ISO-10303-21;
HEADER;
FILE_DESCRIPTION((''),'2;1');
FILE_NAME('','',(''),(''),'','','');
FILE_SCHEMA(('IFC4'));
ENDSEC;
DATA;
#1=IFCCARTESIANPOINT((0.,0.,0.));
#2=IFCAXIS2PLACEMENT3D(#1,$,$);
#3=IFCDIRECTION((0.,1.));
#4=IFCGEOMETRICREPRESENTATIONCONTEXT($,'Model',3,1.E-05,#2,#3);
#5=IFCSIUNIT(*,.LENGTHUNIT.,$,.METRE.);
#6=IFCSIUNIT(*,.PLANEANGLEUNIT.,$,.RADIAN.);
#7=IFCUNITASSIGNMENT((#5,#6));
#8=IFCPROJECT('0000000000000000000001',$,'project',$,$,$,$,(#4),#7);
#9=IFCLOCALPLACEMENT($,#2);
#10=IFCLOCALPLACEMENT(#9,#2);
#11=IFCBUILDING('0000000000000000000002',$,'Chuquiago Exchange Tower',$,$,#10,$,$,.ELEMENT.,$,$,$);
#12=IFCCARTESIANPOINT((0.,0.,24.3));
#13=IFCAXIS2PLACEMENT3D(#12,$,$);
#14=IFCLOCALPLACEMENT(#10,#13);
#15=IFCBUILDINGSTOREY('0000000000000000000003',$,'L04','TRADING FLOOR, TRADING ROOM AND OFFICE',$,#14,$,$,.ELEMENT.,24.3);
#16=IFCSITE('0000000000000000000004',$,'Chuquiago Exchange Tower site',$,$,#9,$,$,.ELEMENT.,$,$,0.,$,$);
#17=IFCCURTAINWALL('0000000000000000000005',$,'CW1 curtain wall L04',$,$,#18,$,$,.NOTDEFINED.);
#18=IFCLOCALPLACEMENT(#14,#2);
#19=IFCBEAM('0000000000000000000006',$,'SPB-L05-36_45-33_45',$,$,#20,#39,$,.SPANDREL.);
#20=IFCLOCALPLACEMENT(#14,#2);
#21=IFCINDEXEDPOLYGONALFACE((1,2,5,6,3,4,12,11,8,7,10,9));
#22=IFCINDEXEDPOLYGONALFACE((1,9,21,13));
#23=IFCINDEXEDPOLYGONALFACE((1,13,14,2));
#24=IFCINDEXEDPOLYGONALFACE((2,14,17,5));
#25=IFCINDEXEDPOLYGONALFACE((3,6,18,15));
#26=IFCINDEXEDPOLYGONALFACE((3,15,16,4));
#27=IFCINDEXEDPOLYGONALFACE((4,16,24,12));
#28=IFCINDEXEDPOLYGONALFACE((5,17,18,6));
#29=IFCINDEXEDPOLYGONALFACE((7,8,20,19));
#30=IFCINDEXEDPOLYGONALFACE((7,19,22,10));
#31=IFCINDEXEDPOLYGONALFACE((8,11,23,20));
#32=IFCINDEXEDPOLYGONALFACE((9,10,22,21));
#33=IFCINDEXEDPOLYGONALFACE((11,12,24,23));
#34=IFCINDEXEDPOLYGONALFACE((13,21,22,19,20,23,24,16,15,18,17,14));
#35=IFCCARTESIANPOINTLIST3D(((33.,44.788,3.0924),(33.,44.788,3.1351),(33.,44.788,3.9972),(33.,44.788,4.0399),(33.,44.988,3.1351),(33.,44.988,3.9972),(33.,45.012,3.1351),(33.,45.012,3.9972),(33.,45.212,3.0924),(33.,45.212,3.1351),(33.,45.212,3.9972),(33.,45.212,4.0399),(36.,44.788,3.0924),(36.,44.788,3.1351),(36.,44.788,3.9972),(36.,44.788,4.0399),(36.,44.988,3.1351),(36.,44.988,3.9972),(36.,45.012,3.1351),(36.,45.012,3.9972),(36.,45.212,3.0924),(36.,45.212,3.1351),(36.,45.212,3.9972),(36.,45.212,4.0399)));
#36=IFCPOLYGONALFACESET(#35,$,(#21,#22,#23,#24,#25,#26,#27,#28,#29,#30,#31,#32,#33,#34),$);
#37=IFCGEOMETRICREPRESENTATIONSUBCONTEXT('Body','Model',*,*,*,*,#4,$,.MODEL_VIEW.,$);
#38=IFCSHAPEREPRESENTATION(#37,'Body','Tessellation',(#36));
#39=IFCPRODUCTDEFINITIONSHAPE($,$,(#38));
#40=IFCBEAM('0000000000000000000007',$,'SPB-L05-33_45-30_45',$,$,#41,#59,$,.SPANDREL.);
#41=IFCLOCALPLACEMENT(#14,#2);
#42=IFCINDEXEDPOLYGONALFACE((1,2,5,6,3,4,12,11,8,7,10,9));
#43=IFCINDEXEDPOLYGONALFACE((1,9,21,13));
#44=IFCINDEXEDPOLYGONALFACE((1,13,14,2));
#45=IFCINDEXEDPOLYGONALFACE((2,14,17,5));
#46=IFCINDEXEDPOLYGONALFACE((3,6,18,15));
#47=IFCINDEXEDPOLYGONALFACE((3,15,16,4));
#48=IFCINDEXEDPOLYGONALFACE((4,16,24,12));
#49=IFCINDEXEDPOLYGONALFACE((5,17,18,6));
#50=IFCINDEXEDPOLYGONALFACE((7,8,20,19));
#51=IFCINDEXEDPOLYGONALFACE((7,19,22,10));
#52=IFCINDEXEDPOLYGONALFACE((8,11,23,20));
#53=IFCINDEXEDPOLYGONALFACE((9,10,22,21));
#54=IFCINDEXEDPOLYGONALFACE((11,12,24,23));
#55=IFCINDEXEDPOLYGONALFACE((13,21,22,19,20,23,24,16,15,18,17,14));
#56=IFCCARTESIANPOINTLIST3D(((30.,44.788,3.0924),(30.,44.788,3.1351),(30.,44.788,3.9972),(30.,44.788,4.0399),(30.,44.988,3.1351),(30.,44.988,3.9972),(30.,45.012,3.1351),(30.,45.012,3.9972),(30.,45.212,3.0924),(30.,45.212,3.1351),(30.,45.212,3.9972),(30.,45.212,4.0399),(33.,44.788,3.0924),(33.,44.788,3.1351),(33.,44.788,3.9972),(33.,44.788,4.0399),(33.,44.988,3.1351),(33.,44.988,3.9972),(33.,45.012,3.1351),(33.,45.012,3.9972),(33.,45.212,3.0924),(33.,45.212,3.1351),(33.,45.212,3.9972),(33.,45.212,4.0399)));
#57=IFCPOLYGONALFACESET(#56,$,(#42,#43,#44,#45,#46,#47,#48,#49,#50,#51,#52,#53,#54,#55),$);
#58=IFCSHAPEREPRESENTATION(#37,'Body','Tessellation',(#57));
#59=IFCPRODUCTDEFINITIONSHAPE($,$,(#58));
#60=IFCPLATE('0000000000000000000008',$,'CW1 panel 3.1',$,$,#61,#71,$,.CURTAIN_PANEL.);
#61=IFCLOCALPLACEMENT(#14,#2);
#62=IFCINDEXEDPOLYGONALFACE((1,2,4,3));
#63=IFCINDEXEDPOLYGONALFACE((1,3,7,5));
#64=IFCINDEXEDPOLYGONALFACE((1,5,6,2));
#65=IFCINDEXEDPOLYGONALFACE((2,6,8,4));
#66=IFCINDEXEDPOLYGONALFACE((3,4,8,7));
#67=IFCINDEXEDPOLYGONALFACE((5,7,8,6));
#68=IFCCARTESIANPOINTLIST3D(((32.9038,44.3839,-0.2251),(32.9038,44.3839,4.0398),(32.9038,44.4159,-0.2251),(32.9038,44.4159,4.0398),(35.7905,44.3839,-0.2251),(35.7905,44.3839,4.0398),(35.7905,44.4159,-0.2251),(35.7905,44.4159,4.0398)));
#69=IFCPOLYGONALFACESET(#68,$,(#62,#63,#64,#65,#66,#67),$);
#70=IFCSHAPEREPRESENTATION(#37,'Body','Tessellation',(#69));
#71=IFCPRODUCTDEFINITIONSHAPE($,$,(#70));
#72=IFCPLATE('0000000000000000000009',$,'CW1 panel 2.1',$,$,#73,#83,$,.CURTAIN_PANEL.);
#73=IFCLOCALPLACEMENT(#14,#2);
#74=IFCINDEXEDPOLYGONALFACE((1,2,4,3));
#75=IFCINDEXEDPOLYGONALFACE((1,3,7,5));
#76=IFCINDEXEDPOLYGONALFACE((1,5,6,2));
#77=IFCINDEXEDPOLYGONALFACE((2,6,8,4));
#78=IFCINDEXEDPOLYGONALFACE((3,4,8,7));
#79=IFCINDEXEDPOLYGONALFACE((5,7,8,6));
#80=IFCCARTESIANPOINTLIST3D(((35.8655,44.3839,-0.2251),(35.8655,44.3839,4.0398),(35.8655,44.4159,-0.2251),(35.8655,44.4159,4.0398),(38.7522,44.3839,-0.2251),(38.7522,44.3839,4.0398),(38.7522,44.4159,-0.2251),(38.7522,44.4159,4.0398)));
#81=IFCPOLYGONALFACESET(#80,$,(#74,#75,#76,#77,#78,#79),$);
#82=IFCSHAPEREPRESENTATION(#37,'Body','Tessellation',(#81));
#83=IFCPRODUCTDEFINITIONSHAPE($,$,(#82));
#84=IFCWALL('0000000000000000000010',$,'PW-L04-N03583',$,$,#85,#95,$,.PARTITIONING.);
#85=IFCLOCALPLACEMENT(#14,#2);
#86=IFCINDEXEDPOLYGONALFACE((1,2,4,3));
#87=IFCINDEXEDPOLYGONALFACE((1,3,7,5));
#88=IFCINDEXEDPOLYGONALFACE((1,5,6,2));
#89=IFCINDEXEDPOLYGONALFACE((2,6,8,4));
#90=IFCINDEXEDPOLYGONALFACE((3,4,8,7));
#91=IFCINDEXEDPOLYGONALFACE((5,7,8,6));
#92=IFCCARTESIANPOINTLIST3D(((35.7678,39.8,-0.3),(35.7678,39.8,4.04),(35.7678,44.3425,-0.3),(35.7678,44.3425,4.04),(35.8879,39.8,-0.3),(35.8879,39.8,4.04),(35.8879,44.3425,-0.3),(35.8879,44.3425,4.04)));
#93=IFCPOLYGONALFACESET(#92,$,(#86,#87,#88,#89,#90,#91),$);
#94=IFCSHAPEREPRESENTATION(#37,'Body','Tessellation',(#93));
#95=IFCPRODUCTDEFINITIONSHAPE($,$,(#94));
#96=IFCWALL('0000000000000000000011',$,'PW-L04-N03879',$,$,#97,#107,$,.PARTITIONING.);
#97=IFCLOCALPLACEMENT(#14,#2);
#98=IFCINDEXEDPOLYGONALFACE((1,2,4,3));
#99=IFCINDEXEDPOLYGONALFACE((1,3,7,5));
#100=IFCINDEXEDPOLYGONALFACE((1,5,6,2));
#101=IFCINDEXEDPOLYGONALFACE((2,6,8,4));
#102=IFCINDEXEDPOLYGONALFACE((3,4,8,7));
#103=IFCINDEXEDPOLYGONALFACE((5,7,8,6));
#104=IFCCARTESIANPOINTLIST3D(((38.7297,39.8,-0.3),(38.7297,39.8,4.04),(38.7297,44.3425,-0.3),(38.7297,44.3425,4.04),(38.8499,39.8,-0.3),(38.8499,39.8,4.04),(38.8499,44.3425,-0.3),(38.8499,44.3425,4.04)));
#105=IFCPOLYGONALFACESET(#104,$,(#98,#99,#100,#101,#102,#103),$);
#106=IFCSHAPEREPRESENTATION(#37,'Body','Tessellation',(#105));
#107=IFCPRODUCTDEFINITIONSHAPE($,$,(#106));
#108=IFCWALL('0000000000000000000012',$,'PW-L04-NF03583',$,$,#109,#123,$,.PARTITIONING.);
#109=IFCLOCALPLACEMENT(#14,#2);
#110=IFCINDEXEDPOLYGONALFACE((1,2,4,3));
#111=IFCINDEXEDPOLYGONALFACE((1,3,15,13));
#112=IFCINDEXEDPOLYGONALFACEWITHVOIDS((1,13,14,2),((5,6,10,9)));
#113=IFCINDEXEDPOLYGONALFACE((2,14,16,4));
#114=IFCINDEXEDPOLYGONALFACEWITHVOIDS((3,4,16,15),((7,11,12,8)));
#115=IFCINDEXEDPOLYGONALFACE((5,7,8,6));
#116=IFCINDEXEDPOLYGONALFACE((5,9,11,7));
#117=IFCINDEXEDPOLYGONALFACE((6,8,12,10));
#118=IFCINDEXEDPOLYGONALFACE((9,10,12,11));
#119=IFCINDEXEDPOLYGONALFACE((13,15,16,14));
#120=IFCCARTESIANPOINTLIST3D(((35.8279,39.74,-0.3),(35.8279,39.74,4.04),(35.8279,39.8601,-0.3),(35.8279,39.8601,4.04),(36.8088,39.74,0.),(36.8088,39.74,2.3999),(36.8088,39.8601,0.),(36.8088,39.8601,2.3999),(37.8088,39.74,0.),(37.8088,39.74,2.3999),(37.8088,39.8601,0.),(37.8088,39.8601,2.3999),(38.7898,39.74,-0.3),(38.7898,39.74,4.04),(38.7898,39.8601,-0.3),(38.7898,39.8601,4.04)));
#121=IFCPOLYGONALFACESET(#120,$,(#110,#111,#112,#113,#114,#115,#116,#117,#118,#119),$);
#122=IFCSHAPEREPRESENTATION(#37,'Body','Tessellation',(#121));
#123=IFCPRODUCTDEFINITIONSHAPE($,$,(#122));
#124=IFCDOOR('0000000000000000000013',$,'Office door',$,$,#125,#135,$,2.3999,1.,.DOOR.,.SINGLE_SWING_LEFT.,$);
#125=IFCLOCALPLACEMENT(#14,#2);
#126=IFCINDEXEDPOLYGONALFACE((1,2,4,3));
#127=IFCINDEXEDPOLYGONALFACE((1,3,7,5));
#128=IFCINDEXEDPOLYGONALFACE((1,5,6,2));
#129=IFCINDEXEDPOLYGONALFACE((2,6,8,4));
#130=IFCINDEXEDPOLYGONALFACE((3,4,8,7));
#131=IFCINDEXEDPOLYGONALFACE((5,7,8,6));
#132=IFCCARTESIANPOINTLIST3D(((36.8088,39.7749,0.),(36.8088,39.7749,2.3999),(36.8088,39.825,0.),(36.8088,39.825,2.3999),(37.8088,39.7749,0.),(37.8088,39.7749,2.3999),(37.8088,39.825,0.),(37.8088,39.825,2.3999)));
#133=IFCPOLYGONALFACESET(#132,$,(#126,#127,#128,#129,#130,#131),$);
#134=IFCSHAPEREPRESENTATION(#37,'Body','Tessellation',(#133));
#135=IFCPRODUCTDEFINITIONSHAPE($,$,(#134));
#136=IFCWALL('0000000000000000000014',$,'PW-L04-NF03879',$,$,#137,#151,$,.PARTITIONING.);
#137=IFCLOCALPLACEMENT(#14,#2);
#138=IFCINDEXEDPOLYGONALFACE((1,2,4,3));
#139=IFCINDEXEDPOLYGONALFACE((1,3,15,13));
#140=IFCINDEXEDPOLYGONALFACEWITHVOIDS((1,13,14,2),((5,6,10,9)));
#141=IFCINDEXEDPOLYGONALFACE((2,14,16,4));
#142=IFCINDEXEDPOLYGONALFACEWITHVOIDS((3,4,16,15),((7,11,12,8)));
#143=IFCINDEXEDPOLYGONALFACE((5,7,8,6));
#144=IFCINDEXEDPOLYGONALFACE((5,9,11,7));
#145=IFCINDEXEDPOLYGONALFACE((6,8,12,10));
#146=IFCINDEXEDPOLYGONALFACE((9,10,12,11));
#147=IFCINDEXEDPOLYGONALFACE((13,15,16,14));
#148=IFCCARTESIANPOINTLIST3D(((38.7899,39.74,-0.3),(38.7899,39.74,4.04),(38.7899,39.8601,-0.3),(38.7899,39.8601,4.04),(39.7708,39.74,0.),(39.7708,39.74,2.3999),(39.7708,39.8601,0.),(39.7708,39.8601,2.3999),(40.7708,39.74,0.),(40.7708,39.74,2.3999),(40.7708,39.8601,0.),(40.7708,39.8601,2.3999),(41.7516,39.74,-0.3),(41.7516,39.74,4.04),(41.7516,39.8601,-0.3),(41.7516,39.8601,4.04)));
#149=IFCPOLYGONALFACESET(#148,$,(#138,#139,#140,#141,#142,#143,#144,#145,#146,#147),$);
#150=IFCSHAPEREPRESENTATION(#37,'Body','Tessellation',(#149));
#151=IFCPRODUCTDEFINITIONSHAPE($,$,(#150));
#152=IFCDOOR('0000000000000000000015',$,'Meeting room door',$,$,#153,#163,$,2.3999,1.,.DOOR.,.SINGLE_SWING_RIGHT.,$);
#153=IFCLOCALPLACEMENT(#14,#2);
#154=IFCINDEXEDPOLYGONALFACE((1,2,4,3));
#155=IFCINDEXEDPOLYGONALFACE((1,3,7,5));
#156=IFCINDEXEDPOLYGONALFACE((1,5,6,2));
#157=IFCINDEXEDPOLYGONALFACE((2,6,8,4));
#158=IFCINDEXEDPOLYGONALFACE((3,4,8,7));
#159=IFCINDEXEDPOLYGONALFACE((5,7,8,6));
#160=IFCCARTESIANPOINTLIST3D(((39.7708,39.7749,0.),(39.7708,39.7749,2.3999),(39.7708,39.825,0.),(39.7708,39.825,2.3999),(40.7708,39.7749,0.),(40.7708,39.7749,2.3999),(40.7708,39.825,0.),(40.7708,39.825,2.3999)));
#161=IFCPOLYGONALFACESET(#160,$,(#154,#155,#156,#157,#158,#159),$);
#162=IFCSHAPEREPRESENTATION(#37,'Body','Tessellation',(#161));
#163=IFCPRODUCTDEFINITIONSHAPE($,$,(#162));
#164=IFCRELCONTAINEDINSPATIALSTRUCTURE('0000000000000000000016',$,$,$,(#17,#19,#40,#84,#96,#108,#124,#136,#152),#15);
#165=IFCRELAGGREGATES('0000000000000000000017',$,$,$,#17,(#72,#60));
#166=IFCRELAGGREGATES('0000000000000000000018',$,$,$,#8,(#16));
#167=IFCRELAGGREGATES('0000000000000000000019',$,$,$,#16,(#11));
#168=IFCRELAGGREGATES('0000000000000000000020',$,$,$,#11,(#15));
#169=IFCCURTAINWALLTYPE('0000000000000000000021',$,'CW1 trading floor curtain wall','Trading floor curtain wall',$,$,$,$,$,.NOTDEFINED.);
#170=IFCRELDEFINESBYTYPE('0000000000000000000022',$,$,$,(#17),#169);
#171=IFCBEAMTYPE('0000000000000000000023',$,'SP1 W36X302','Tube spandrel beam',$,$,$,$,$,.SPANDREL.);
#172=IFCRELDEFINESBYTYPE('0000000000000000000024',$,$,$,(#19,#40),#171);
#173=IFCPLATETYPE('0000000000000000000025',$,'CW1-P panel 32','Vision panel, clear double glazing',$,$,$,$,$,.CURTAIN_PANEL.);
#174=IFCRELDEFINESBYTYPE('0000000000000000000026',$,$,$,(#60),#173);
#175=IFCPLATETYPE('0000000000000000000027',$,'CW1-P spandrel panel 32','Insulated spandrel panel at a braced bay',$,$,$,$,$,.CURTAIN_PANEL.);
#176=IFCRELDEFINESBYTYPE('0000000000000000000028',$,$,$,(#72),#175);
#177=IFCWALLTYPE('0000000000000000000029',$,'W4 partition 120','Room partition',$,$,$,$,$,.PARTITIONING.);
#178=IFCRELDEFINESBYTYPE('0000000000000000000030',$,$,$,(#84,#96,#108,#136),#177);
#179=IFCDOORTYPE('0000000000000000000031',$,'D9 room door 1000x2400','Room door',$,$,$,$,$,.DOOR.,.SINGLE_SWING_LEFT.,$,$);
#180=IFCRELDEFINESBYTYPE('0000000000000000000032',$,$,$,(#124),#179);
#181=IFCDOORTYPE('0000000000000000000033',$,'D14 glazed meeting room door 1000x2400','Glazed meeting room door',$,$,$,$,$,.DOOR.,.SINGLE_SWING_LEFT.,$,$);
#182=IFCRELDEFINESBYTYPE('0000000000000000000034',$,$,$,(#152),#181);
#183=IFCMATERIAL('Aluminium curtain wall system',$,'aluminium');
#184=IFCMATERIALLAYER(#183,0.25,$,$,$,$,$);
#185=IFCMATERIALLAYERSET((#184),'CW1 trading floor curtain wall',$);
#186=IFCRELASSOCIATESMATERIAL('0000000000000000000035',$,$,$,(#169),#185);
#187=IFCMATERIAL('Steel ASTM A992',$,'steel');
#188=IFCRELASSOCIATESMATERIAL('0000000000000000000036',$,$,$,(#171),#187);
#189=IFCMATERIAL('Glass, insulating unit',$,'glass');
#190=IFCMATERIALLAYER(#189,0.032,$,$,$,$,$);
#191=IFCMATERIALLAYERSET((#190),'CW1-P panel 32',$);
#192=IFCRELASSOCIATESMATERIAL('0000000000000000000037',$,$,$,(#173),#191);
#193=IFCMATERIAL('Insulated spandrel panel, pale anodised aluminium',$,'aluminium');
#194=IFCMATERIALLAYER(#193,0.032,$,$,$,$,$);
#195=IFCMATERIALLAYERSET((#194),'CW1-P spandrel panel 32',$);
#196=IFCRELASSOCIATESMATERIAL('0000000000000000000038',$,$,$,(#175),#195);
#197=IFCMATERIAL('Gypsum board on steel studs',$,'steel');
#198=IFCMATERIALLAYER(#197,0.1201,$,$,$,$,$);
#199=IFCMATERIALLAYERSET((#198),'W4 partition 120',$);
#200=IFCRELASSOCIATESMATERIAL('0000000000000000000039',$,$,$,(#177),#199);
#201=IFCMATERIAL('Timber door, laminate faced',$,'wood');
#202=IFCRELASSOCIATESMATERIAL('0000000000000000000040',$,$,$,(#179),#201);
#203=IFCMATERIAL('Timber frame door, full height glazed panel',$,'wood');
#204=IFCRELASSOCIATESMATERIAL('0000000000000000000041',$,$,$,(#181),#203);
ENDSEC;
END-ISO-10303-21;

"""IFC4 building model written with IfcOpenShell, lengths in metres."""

from ifc_helpers import new_model, si_unit, direction, frame, frame_2d, origin, origin_2d, place, context, subcontext, project, spatial, rectangle, i_section, extrude, material, layer, layer_set, material_profile, profile_set, type_object, element, fill, aggregate, save


model = new_model("IFC4")

# Units and contexts
model_context = context("Model", 3, precision=1e-05, world=origin(), true_north=direction((0.0, 1.0)))
body_context = subcontext(model_context, "Body", "Model", "MODEL_VIEW")
ifc_project = project(units=[si_unit("LENGTHUNIT", "METRE"), si_unit("PLANEANGLEUNIT", "RADIAN")], contexts=[model_context])

# Site, building, storey
site_placement = place(None, origin())
site = spatial("IfcSite", under=ifc_project, at=site_placement, Name="Chuquiago Exchange Tower site", CompositionType="ELEMENT", RefElevation=0.0)
building_placement = place(site_placement, origin())
building = spatial("IfcBuilding", under=site, at=building_placement, Name="Chuquiago Exchange Tower", CompositionType="ELEMENT")
storey_placement = place(building_placement, frame((0.0, 0.0, 24.3)))
storey = spatial("IfcBuildingStorey", under=building, at=storey_placement, Name="L04", Description="TRADING FLOOR, TRADING ROOM AND OFFICE", CompositionType="ELEMENT", Elevation=24.3)

# Curtain wall
ifc_material_1 = material(Name="Aluminium curtain wall system", Category="aluminium")
ifc_layer_1 = layer(ifc_material_1, 0.25)
ifc_layer_set_1 = layer_set([ifc_layer_1], Name="CW1 trading floor curtain wall")
curtain_wall_type = type_object("IfcCurtainWallType", Name="CW1 trading floor curtain wall", Description="Trading floor curtain wall", PredefinedType="NOTDEFINED", material=ifc_layer_set_1)
curtain_wall_placement = place(storey_placement, origin())
curtain_wall = element("IfcCurtainWall", 1, at=curtain_wall_placement, inside=storey, type_object=curtain_wall_type, Name="CW1 curtain wall L04", PredefinedType="NOTDEFINED")

# Beams
ifc_material_2 = material(Name="Steel ASTM A992", Category="steel")
ifc_material_profile_1 = material_profile(ifc_material_2, i_section(OverallWidth=0.4241, OverallDepth=0.9475, WebThickness=0.0239, FlangeThickness=0.0427, at=origin_2d()), Name="W36X302")
ifc_profile_set_1 = profile_set([ifc_material_profile_1], Name="Steel ASTM A992")
beam_type_1 = type_object("IfcBeamType", Name="SP1 W36X302", Description="Tube spandrel beam", PredefinedType="SPANDREL", material=ifc_profile_set_1)
for number, where, z_axis, x_axis, name in (
    (2, (36.0, 45.0, 3.5662), (-1.0, 0.0, 0.0), (0.0, -1.0, 0.0), "SPB-L05-36_45-33_45"),
    (3, (33.0, 45.0, 3.5662), (-1.0, 0.0, 0.0), (0.0, -1.0, 0.0), "SPB-L05-33_45-30_45"),
):
    element("IfcBeam", number, at=place(storey_placement, frame(where, z_axis=z_axis, x_axis=x_axis)), inside=storey, type_object=beam_type_1, Name=name, PredefinedType="SPANDREL", context=body_context, shape_type="SweptSolid", body=[
        extrude(i_section(OverallWidth=0.4241, OverallDepth=0.9475, WebThickness=0.0239, FlangeThickness=0.0427, at=origin_2d()), origin(), (0.0, 0.0, 1.0), 3.0),
    ])

# Plates
ifc_material_3 = material(Name="Glass, insulating unit", Category="glass")
ifc_layer_2 = layer(ifc_material_3, 0.032)
ifc_layer_set_2 = layer_set([ifc_layer_2], Name="CW1-P panel 32")
plate_type_1 = type_object("IfcPlateType", Name="CW1-P panel 32", Description="Vision panel, clear double glazing", PredefinedType="CURTAIN_PANEL", material=ifc_layer_set_2)
plate_1_placement = place(storey_placement, frame((34.3472, 44.3999, -0.2251), z_axis=(0.0, 0.0, 1.0), x_axis=(-1.0, 0.0, 0.0)))
plate_1 = element("IfcPlate", 4, at=plate_1_placement, type_object=plate_type_1, Name="CW1 panel 3.1", PredefinedType="CURTAIN_PANEL", context=body_context, shape_type="SweptSolid", body=[
    extrude(rectangle(XDim=2.8867, YDim=0.032, at=origin_2d()), origin(), (0.0, 0.0, 1.0), 4.2649),
])
ifc_material_4 = material(Name="Insulated spandrel panel, pale anodised aluminium", Category="aluminium")
ifc_layer_3 = layer(ifc_material_4, 0.032)
ifc_layer_set_3 = layer_set([ifc_layer_3], Name="CW1-P spandrel panel 32")
plate_type_2 = type_object("IfcPlateType", Name="CW1-P spandrel panel 32", Description="Insulated spandrel panel at a braced bay", PredefinedType="CURTAIN_PANEL", material=ifc_layer_set_3)
plate_2_placement = place(storey_placement, frame((37.3088, 44.3999, -0.2251), z_axis=(0.0, 0.0, 1.0), x_axis=(-1.0, 0.0, 0.0)))
plate_2 = element("IfcPlate", 5, at=plate_2_placement, type_object=plate_type_2, Name="CW1 panel 2.1", PredefinedType="CURTAIN_PANEL", context=body_context, shape_type="SweptSolid", body=[
    extrude(rectangle(XDim=2.8867, YDim=0.032, at=origin_2d()), origin(), (0.0, 0.0, 1.0), 4.2649),
])
aggregate(curtain_wall, [plate_2, plate_1])

# Walls
ifc_material_5 = material(Name="Gypsum board on steel studs", Category="steel")
ifc_layer_4 = layer(ifc_material_5, 0.1201)
ifc_layer_set_4 = layer_set([ifc_layer_4], Name="W4 partition 120")
wall_type = type_object("IfcWallType", Name="W4 partition 120", Description="Room partition", PredefinedType="PARTITIONING", material=ifc_layer_set_4)
for number, where, z_axis, x_axis, name in (
    (6, (35.8279, 44.3425, -0.3), (0.0, 0.0, 1.0), (0.0, -1.0, 0.0), "PW-L04-N03583"),
    (7, (38.7898, 44.3425, -0.3), (0.0, 0.0, 1.0), (0.0, -1.0, 0.0), "PW-L04-N03879"),
):
    element("IfcWall", number, at=place(storey_placement, frame(where, z_axis=z_axis, x_axis=x_axis)), inside=storey, type_object=wall_type, Name=name, PredefinedType="PARTITIONING", context=body_context, shape_type="SweptSolid", body=[
        extrude(rectangle(XDim=4.5425, YDim=0.1201, at=frame_2d((2.2712, 0.0))), origin(), (0.0, 0.0, 1.0), 4.3401),
    ])

# Walls, openings, doors
wall_1_placement = place(storey_placement, frame((35.8279, 39.8, -0.3), z_axis=(0.0, 0.0, 1.0), x_axis=(1.0, 0.0, 0.0)))
wall_1 = element("IfcWall", 8, at=wall_1_placement, inside=storey, type_object=wall_type, Name="PW-L04-NF03583", PredefinedType="PARTITIONING", context=body_context, shape_type="SweptSolid", body=[
    extrude(rectangle(XDim=2.9619, YDim=0.1201, at=frame_2d((1.481, 0.0))), origin(), (0.0, 0.0, 1.0), 4.3401),
])
opening_1_placement = place(wall_1_placement, frame((0.981, 0.0, 0.3)))
opening_1 = element("IfcOpeningElement", 9, at=opening_1_placement, cuts=wall_1, PredefinedType="OPENING", context=body_context, shape_type="SweptSolid", body=[
    extrude(rectangle(XDim=1.0, YDim=2.3999, at=frame_2d((0.5, 1.2))), frame((0.0, 0.0701, 0.0), z_axis=(0.0, -1.0, 0.0), x_axis=(1.0, 0.0, 0.0)), (0.0, 0.0, 1.0), 0.1401),
])
ifc_material_6 = material(Name="Timber door, laminate faced", Category="wood")
door_type_1 = type_object("IfcDoorType", Name="D9 room door 1000x2400", Description="Room door", OperationType="SINGLE_SWING_LEFT", PredefinedType="DOOR", material=ifc_material_6)
door_1_placement = place(opening_1_placement, origin())
door_1 = element("IfcDoor", 10, at=door_1_placement, inside=storey, type_object=door_type_1, Name="Office door", OperationType="SINGLE_SWING_LEFT", OverallHeight=2.3999, OverallWidth=1.0, PredefinedType="DOOR", context=body_context, shape_type="SweptSolid", body=[
    extrude(rectangle(XDim=1.0, YDim=2.3999, at=frame_2d((0.5, 1.2))), frame((0.0, 0.0249, 0.0), z_axis=(0.0, -1.0, 0.0), x_axis=(1.0, 0.0, 0.0)), (0.0, 0.0, 1.0), 0.05),
])
fill(opening_1, door_1)
wall_2_placement = place(storey_placement, frame((38.7898, 39.8, -0.3), z_axis=(0.0, 0.0, 1.0), x_axis=(1.0, 0.0, 0.0)))
wall_2 = element("IfcWall", 11, at=wall_2_placement, inside=storey, type_object=wall_type, Name="PW-L04-NF03879", PredefinedType="PARTITIONING", context=body_context, shape_type="SweptSolid", body=[
    extrude(rectangle(XDim=2.9617, YDim=0.1201, at=frame_2d((1.481, 0.0))), origin(), (0.0, 0.0, 1.0), 4.3401),
])
opening_2_placement = place(wall_2_placement, frame((0.981, 0.0, 0.3)))
opening_2 = element("IfcOpeningElement", 12, at=opening_2_placement, cuts=wall_2, PredefinedType="OPENING", context=body_context, shape_type="SweptSolid", body=[
    extrude(rectangle(XDim=1.0, YDim=2.3999, at=frame_2d((0.5, 1.2))), frame((0.0, 0.0701, 0.0), z_axis=(0.0, -1.0, 0.0), x_axis=(1.0, 0.0, 0.0)), (0.0, 0.0, 1.0), 0.1401),
])
ifc_material_7 = material(Name="Timber frame door, full height glazed panel", Category="wood")
door_type_2 = type_object("IfcDoorType", Name="D14 glazed meeting room door 1000x2400", Description="Glazed meeting room door", OperationType="SINGLE_SWING_LEFT", PredefinedType="DOOR", material=ifc_material_7)
door_2_placement = place(opening_2_placement, origin())
door_2 = element("IfcDoor", 13, at=door_2_placement, inside=storey, type_object=door_type_2, Name="Meeting room door", OperationType="SINGLE_SWING_RIGHT", OverallHeight=2.3999, OverallWidth=1.0, PredefinedType="DOOR", context=body_context, shape_type="SweptSolid", body=[
    extrude(rectangle(XDim=1.0, YDim=2.3999, at=frame_2d((0.5, 1.2))), frame((0.0, 0.0249, 0.0), z_axis=(0.0, -1.0, 0.0), x_axis=(1.0, 0.0, 0.0)), (0.0, 0.0, 1.0), 0.05),
])
fill(opening_2, door_2)

save(model, "model.ifc")
